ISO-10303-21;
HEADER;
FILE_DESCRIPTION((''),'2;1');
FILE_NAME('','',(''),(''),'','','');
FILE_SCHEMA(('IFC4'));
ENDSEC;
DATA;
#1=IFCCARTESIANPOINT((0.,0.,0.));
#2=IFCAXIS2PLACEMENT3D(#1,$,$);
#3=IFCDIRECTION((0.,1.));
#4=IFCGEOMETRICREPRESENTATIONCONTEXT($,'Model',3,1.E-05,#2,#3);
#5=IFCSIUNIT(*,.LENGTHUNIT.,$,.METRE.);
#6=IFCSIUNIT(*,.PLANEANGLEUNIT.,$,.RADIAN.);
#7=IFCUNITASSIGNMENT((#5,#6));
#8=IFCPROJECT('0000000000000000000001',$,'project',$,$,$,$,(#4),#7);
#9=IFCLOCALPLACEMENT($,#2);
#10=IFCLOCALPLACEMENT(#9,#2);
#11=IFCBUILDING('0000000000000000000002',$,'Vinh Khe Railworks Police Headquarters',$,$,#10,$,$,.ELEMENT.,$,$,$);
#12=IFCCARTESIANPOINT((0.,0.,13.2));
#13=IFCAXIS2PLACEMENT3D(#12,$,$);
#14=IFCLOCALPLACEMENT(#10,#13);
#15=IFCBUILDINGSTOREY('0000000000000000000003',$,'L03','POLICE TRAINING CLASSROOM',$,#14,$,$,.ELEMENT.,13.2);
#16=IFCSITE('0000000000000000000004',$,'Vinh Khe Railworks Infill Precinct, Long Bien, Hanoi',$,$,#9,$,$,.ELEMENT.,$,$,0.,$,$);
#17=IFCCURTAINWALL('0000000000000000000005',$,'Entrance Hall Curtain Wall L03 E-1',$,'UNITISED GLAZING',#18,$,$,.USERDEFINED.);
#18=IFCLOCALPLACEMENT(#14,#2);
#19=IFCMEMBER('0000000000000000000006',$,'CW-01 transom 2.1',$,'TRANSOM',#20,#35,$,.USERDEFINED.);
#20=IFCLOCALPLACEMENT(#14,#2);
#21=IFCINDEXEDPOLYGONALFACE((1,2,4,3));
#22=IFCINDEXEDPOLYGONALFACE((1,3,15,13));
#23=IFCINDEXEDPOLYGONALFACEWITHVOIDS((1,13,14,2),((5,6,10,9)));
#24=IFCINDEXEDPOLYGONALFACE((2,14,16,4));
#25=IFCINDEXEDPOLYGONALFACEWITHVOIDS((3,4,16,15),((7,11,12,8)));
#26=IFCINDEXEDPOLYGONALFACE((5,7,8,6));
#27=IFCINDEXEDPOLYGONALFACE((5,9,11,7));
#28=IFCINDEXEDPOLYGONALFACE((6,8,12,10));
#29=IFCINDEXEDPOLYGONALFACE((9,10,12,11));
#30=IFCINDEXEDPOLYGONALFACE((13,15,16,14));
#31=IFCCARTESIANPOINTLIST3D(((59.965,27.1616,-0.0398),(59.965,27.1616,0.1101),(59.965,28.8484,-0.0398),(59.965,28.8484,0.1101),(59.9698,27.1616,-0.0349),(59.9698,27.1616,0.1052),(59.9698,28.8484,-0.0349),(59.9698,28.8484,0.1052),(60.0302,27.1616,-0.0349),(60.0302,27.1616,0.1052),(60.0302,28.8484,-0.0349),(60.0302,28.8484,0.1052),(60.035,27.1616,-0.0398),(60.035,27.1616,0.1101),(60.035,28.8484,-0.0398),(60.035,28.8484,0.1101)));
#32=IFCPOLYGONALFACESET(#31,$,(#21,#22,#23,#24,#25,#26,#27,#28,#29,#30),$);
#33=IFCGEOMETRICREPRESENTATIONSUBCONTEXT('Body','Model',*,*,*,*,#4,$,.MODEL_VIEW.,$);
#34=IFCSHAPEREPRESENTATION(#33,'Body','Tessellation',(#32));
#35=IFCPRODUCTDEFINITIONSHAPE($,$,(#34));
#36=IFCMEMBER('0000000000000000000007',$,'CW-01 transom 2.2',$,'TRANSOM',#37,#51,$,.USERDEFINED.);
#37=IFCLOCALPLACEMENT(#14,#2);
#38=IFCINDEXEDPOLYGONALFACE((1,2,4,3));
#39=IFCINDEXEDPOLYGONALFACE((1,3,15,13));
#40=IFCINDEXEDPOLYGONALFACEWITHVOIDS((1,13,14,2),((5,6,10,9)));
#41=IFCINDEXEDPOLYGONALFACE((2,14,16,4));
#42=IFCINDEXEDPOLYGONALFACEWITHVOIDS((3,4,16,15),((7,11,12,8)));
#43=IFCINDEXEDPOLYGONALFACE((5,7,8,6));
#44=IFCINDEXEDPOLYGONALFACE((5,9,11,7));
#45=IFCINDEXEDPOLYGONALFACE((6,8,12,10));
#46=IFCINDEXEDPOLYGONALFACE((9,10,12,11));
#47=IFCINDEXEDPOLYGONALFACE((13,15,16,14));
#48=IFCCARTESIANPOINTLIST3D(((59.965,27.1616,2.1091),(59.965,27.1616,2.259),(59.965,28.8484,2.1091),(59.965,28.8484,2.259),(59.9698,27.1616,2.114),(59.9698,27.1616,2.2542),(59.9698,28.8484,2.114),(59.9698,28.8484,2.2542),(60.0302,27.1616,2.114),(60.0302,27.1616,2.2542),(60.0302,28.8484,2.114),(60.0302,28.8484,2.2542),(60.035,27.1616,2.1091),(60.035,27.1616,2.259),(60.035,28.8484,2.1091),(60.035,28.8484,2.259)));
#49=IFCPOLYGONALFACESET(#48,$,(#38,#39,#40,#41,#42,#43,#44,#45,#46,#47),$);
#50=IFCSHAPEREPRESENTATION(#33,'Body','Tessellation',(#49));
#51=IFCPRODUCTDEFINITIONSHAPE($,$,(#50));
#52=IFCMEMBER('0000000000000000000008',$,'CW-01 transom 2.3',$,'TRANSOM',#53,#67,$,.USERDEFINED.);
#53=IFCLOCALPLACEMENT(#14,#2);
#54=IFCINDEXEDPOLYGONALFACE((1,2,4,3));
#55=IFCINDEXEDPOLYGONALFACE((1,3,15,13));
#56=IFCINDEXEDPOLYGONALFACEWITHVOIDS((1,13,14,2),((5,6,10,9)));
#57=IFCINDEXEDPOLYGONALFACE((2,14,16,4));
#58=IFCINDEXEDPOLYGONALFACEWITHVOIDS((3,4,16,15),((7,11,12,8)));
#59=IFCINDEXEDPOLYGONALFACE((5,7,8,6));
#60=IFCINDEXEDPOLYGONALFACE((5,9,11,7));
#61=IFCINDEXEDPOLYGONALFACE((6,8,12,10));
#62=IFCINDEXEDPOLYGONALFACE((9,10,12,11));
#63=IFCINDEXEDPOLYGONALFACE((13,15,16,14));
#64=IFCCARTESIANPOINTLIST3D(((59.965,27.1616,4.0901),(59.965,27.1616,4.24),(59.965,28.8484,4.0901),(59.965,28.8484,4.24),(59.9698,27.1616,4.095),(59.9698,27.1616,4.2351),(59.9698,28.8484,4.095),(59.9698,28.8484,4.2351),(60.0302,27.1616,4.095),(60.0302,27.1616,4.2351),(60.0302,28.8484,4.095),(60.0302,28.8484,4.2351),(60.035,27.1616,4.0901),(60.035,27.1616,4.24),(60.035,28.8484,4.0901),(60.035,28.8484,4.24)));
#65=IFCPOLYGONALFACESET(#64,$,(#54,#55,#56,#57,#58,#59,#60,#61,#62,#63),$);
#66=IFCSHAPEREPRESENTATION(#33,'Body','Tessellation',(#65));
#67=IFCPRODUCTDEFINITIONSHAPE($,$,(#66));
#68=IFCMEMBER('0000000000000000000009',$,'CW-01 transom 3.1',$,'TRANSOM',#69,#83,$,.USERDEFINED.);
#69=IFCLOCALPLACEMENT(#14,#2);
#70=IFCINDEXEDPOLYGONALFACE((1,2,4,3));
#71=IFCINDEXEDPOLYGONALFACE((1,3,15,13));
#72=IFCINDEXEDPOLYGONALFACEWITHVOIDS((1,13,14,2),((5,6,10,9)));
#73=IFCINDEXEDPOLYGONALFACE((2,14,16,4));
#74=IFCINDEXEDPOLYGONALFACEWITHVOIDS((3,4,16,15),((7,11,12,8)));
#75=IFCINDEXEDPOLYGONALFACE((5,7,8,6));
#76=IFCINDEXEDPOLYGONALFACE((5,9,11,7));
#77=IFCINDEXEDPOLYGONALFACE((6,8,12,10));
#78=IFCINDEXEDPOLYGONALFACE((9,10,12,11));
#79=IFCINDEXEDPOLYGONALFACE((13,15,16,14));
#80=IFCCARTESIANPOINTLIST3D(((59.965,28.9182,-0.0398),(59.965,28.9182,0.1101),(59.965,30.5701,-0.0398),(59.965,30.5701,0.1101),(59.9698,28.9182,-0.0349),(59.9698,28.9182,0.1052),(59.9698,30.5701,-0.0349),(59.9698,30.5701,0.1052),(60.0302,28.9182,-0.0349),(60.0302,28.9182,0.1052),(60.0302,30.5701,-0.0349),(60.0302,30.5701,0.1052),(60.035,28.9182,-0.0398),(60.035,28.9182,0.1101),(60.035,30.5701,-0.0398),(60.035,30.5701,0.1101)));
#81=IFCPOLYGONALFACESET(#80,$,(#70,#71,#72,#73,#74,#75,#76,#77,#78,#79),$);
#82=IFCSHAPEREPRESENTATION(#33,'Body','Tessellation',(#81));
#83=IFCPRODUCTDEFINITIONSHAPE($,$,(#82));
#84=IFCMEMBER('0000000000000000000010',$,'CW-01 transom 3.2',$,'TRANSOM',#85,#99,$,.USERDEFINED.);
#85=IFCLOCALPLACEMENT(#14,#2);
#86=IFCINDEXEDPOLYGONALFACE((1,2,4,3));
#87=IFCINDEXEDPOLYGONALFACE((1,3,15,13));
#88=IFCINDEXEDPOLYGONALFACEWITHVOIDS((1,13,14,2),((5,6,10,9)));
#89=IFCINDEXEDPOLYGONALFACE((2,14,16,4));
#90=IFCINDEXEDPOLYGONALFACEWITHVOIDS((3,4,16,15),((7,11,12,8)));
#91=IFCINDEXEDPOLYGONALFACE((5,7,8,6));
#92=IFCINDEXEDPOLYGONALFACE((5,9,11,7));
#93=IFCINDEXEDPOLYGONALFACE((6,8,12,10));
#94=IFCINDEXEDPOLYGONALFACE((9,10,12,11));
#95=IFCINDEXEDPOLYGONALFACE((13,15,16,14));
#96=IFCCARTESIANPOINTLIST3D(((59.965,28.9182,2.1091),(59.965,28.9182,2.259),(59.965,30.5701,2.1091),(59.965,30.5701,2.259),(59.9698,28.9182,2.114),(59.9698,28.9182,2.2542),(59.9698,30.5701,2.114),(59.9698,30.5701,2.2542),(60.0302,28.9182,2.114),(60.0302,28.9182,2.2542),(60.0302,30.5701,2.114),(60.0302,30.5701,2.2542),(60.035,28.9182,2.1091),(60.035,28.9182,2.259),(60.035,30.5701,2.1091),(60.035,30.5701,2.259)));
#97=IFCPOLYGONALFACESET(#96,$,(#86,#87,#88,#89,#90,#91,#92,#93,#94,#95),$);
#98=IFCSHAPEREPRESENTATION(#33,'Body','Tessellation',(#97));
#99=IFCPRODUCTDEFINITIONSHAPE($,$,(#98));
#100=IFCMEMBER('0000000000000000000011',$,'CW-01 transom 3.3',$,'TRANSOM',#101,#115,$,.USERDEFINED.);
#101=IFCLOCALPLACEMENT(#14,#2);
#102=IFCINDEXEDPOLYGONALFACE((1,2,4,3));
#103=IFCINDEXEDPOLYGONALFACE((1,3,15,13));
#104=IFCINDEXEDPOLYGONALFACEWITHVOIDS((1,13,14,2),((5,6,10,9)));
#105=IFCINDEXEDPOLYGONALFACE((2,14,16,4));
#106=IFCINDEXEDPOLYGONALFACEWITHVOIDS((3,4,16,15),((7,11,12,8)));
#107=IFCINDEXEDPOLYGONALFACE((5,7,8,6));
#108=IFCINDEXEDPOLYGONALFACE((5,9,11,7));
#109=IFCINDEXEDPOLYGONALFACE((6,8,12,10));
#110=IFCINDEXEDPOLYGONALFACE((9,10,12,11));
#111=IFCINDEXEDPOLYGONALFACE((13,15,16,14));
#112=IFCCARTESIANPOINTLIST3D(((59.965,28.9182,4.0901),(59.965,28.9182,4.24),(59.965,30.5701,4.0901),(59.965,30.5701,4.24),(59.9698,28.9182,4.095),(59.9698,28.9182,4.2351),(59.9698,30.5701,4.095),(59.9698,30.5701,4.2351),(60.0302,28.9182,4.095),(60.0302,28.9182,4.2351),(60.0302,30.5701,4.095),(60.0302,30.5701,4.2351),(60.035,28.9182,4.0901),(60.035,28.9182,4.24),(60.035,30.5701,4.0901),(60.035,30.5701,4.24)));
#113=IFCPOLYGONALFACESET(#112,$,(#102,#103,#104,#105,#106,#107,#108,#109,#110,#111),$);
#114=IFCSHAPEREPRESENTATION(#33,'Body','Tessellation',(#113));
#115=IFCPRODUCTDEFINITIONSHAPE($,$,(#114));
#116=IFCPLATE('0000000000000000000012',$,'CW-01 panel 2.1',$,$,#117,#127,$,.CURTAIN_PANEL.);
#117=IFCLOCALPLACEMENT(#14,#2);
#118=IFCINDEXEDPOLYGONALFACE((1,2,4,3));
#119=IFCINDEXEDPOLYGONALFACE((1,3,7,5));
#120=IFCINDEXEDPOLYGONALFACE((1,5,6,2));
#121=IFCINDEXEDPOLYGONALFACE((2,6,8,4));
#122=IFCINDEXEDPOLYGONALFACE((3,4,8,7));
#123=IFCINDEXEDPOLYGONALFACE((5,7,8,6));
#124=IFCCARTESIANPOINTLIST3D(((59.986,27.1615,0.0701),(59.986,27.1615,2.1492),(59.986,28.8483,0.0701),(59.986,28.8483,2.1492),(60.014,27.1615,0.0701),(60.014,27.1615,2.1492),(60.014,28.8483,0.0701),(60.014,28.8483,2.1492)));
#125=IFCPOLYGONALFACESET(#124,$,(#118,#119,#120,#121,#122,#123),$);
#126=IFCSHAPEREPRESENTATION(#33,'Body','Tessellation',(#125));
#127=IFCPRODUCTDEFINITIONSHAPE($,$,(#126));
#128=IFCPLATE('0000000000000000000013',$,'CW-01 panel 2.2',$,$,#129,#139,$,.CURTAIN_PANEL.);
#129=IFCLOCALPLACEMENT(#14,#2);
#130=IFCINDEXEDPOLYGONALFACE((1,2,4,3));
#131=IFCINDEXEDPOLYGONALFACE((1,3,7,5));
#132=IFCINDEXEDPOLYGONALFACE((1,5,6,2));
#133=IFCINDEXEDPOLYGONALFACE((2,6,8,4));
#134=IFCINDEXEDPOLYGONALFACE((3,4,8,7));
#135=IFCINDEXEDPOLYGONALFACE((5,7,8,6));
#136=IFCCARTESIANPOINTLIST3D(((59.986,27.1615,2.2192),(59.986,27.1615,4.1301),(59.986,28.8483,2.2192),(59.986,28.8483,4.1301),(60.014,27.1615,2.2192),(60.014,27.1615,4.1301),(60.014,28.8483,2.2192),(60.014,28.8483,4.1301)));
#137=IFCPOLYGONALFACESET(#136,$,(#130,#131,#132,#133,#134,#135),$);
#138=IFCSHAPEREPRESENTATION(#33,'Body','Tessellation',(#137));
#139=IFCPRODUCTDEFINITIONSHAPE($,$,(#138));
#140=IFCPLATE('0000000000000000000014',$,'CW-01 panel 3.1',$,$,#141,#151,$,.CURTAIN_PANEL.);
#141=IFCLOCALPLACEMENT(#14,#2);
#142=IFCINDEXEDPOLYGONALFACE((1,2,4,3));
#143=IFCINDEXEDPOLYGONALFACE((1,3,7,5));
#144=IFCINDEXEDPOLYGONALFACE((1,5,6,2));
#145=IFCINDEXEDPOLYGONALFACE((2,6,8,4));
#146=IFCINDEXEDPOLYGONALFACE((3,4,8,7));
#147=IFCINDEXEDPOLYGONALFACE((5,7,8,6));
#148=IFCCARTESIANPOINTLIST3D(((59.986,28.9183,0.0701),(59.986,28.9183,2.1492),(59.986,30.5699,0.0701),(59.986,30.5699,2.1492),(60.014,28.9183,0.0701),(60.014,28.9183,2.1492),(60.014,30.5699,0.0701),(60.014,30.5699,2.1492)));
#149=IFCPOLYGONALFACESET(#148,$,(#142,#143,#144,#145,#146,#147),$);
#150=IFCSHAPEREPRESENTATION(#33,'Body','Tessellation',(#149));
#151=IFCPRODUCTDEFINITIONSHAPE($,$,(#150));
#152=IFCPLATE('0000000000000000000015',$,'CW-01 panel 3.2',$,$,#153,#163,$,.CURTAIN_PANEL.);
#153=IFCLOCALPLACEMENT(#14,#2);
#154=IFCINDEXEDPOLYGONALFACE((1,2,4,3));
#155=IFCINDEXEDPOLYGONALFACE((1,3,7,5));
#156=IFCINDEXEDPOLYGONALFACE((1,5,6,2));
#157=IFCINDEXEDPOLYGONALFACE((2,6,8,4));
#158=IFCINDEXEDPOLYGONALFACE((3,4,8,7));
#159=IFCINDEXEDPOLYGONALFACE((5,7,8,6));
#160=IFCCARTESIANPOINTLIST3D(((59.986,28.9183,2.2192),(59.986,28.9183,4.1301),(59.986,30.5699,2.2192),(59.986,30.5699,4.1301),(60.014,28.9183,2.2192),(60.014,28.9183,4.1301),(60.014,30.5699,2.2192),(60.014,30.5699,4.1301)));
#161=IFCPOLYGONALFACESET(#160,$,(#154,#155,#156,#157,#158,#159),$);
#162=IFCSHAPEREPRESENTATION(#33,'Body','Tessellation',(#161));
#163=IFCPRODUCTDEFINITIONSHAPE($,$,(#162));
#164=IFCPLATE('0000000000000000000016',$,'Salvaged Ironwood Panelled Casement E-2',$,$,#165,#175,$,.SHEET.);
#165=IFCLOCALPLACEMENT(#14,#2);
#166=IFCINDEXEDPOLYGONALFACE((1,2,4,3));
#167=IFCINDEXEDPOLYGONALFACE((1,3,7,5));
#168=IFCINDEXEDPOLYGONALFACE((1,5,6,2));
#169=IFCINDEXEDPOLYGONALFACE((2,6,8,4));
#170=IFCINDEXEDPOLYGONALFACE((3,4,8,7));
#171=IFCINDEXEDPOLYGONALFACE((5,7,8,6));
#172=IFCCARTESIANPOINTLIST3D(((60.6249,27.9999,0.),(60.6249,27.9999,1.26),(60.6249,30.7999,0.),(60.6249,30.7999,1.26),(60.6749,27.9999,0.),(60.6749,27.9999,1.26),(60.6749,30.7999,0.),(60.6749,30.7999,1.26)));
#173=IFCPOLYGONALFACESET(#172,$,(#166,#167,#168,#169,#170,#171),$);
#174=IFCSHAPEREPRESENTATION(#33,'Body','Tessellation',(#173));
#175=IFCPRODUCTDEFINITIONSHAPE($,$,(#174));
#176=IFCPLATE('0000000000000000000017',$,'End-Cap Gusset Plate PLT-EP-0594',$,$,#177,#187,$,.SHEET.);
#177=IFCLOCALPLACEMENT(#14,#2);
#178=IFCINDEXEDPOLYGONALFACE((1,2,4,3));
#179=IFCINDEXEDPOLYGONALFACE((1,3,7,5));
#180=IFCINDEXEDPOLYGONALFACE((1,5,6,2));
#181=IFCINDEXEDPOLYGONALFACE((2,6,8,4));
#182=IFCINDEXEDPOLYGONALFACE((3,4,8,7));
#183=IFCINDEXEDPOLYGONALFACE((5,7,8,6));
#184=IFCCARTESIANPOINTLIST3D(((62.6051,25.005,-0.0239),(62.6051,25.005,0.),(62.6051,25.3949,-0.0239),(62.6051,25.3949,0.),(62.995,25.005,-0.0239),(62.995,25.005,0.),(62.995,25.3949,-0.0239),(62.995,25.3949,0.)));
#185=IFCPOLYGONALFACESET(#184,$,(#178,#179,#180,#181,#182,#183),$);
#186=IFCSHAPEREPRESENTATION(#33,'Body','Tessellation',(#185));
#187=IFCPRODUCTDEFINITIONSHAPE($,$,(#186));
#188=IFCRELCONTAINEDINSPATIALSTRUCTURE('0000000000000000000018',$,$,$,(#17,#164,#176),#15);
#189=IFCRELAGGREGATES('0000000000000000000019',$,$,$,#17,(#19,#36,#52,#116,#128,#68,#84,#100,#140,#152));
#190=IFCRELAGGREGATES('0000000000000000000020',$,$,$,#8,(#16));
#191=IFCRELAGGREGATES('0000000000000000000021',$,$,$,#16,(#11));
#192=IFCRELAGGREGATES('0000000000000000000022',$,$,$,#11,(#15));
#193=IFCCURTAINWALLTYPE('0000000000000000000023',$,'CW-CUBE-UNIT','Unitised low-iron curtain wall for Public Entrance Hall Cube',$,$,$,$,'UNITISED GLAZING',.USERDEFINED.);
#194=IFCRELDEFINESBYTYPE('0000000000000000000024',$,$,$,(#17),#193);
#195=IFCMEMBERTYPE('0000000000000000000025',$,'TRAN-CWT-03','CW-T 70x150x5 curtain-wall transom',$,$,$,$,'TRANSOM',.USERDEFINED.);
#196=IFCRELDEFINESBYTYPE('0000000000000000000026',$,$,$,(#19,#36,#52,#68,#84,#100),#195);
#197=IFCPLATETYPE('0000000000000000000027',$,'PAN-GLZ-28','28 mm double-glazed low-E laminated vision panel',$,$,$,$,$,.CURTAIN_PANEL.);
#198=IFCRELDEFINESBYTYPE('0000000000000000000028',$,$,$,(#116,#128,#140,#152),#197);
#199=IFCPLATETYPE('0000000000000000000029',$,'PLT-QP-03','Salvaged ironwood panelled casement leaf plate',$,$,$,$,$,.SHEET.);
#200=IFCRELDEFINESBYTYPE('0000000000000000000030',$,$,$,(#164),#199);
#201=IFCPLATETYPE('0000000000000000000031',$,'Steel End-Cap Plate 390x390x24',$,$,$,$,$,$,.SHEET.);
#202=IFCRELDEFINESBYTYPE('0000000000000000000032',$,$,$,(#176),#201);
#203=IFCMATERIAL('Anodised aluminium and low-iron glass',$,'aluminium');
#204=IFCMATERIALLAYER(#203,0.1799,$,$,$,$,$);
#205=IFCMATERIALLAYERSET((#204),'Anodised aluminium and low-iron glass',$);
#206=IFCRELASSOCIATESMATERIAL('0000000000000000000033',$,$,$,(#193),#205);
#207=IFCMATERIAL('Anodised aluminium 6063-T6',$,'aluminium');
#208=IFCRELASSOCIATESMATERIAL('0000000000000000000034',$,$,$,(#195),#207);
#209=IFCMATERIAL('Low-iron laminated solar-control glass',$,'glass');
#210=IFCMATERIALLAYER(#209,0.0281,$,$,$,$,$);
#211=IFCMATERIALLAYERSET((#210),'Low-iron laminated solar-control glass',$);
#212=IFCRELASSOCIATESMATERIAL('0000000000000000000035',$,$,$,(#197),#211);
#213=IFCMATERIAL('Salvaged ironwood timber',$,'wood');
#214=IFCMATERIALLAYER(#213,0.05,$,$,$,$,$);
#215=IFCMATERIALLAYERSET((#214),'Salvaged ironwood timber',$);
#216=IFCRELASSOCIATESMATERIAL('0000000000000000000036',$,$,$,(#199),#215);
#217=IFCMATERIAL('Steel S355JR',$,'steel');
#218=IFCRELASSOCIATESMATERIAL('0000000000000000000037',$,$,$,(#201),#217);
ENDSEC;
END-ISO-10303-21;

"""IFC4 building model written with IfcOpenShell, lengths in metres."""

from ifc_helpers import new_model, si_unit, direction, frame, origin, origin_2d, place, context, subcontext, project, spatial, rectangle, hollow_rectangle, extrude, material, layer, layer_set, material_profile, profile_set, type_object, element, aggregate, save


model = new_model("IFC4")

# Units and contexts
model_context = context("Model", 3, precision=1e-05, world=origin(), true_north=direction((0.0, 1.0)))
body_context = subcontext(model_context, "Body", "Model", "MODEL_VIEW")
ifc_project = project(units=[si_unit("LENGTHUNIT", "METRE"), si_unit("PLANEANGLEUNIT", "RADIAN")], contexts=[model_context])

# Site, building, storey
site_placement = place(None, origin())
site = spatial("IfcSite", under=ifc_project, at=site_placement, Name="Vinh Khe Railworks Infill Precinct, Long Bien, Hanoi", CompositionType="ELEMENT", RefElevation=0.0)
building_placement = place(site_placement, origin())
building = spatial("IfcBuilding", under=site, at=building_placement, Name="Vinh Khe Railworks Police Headquarters", CompositionType="ELEMENT")
storey_placement = place(building_placement, frame((0.0, 0.0, 13.2)))
storey = spatial("IfcBuildingStorey", under=building, at=storey_placement, Name="L03", Description="POLICE TRAINING CLASSROOM", CompositionType="ELEMENT", Elevation=13.2)

# Shared definitions
ifc_material_1 = material(Name="Steel S355JR", Category="steel")

# Shared definitions
ifc_material_2 = material(Name="Salvaged ironwood timber", Category="wood")

# Curtain wall, members, plates
ifc_material_3 = material(Name="Anodised aluminium and low-iron glass", Category="aluminium")
ifc_layer_1 = layer(ifc_material_3, 0.1799)
ifc_layer_set_1 = layer_set([ifc_layer_1], Name="Anodised aluminium and low-iron glass")
curtain_wall_type = type_object("IfcCurtainWallType", Name="CW-CUBE-UNIT", Description="Unitised low-iron curtain wall for Public Entrance Hall Cube", ElementType="UNITISED GLAZING", PredefinedType="USERDEFINED", material=ifc_layer_set_1)
curtain_wall_placement = place(storey_placement, origin())
curtain_wall = element("IfcCurtainWall", 1, at=curtain_wall_placement, inside=storey, type_object=curtain_wall_type, Name="Entrance Hall Curtain Wall L03 E-1", ObjectType="UNITISED GLAZING", PredefinedType="USERDEFINED")
ifc_material_4 = material(Name="Anodised aluminium 6063-T6", Category="aluminium")
ifc_material_profile_1 = material_profile(ifc_material_4, hollow_rectangle(XDim=0.0701, YDim=0.1499, WallThickness=0.0049, at=origin_2d()), Name="CW-T 70x150x5")
ifc_profile_set_1 = profile_set([ifc_material_profile_1], Name="Anodised aluminium 6063-T6")
member_type_1 = type_object("IfcMemberType", Name="TRAN-CWT-03", Description="CW-T 70x150x5 curtain-wall transom", ElementType="TRANSOM", PredefinedType="USERDEFINED", material=ifc_profile_set_1)
member_1_placement = place(storey_placement, frame((60.0, 27.1616, 0.0352), z_axis=(0.0, 1.0, 0.0), x_axis=(-1.0, 0.0, 0.0)))
member_1 = element("IfcMember", 2, at=member_1_placement, type_object=member_type_1, Name="CW-01 transom 2.1", ObjectType="TRANSOM", PredefinedType="USERDEFINED", context=body_context, shape_type="SweptSolid", body=[
    extrude(hollow_rectangle(XDim=0.0701, YDim=0.1499, WallThickness=0.0049, at=origin_2d()), origin(), (0.0, 0.0, 1.0), 1.6868),
])
member_2_placement = place(storey_placement, frame((60.0, 27.1616, 2.1841), z_axis=(0.0, 1.0, 0.0), x_axis=(-1.0, 0.0, 0.0)))
member_2 = element("IfcMember", 3, at=member_2_placement, type_object=member_type_1, Name="CW-01 transom 2.2", ObjectType="TRANSOM", PredefinedType="USERDEFINED", context=body_context, shape_type="SweptSolid", body=[
    extrude(hollow_rectangle(XDim=0.0701, YDim=0.1499, WallThickness=0.0049, at=origin_2d()), origin(), (0.0, 0.0, 1.0), 1.6868),
])
member_3_placement = place(storey_placement, frame((60.0, 27.1616, 4.165), z_axis=(0.0, 1.0, 0.0), x_axis=(-1.0, 0.0, 0.0)))
member_3 = element("IfcMember", 4, at=member_3_placement, type_object=member_type_1, Name="CW-01 transom 2.3", ObjectType="TRANSOM", PredefinedType="USERDEFINED", context=body_context, shape_type="SweptSolid", body=[
    extrude(hollow_rectangle(XDim=0.0701, YDim=0.1499, WallThickness=0.0049, at=origin_2d()), origin(), (0.0, 0.0, 1.0), 1.6868),
])
member_4_placement = place(storey_placement, frame((60.0, 28.9182, 0.0352), z_axis=(0.0, 1.0, 0.0), x_axis=(-1.0, 0.0, 0.0)))
member_4 = element("IfcMember", 5, at=member_4_placement, type_object=member_type_1, Name="CW-01 transom 3.1", ObjectType="TRANSOM", PredefinedType="USERDEFINED", context=body_context, shape_type="SweptSolid", body=[
    extrude(hollow_rectangle(XDim=0.0701, YDim=0.1499, WallThickness=0.0049, at=origin_2d()), origin(), (0.0, 0.0, 1.0), 1.6519),
])
member_5_placement = place(storey_placement, frame((60.0, 28.9182, 2.1841), z_axis=(0.0, 1.0, 0.0), x_axis=(-1.0, 0.0, 0.0)))
member_5 = element("IfcMember", 6, at=member_5_placement, type_object=member_type_1, Name="CW-01 transom 3.2", ObjectType="TRANSOM", PredefinedType="USERDEFINED", context=body_context, shape_type="SweptSolid", body=[
    extrude(hollow_rectangle(XDim=0.0701, YDim=0.1499, WallThickness=0.0049, at=origin_2d()), origin(), (0.0, 0.0, 1.0), 1.6519),
])
member_6_placement = place(storey_placement, frame((60.0, 28.9182, 4.165), z_axis=(0.0, 1.0, 0.0), x_axis=(-1.0, 0.0, 0.0)))
member_6 = element("IfcMember", 7, at=member_6_placement, type_object=member_type_1, Name="CW-01 transom 3.3", ObjectType="TRANSOM", PredefinedType="USERDEFINED", context=body_context, shape_type="SweptSolid", body=[
    extrude(hollow_rectangle(XDim=0.0701, YDim=0.1499, WallThickness=0.0049, at=origin_2d()), origin(), (0.0, 0.0, 1.0), 1.6519),
])
ifc_material_5 = material(Name="Low-iron laminated solar-control glass", Category="glass")
ifc_layer_2 = layer(ifc_material_5, 0.0281)
ifc_layer_set_2 = layer_set([ifc_layer_2], Name="Low-iron laminated solar-control glass")
plate_type_1 = type_object("IfcPlateType", Name="PAN-GLZ-28", Description="28 mm double-glazed low-E laminated vision panel", PredefinedType="CURTAIN_PANEL", material=ifc_layer_set_2)
plate_1_placement = place(storey_placement, frame((60.0, 28.0049, 0.0701), z_axis=(0.0, 0.0, 1.0), x_axis=(0.0, 1.0, 0.0)))
plate_1 = element("IfcPlate", 8, at=plate_1_placement, type_object=plate_type_1, Name="CW-01 panel 2.1", PredefinedType="CURTAIN_PANEL", context=body_context, shape_type="SweptSolid", body=[
    extrude(rectangle(XDim=1.6868, YDim=0.0281, at=origin_2d()), origin(), (0.0, 0.0, 1.0), 2.0791),
])
plate_2_placement = place(storey_placement, frame((60.0, 28.0049, 2.2192), z_axis=(0.0, 0.0, 1.0), x_axis=(0.0, 1.0, 0.0)))
plate_2 = element("IfcPlate", 9, at=plate_2_placement, type_object=plate_type_1, Name="CW-01 panel 2.2", PredefinedType="CURTAIN_PANEL", context=body_context, shape_type="SweptSolid", body=[
    extrude(rectangle(XDim=1.6868, YDim=0.0281, at=origin_2d()), origin(), (0.0, 0.0, 1.0), 1.9109),
])
plate_3_placement = place(storey_placement, frame((60.0, 29.7441, 0.0701), z_axis=(0.0, 0.0, 1.0), x_axis=(0.0, 1.0, 0.0)))
plate_3 = element("IfcPlate", 10, at=plate_3_placement, type_object=plate_type_1, Name="CW-01 panel 3.1", PredefinedType="CURTAIN_PANEL", context=body_context, shape_type="SweptSolid", body=[
    extrude(rectangle(XDim=1.6516, YDim=0.0281, at=origin_2d()), origin(), (0.0, 0.0, 1.0), 2.0791),
])
plate_4_placement = place(storey_placement, frame((60.0, 29.7441, 2.2192), z_axis=(0.0, 0.0, 1.0), x_axis=(0.0, 1.0, 0.0)))
plate_4 = element("IfcPlate", 11, at=plate_4_placement, type_object=plate_type_1, Name="CW-01 panel 3.2", PredefinedType="CURTAIN_PANEL", context=body_context, shape_type="SweptSolid", body=[
    extrude(rectangle(XDim=1.6516, YDim=0.0281, at=origin_2d()), origin(), (0.0, 0.0, 1.0), 1.9109),
])
aggregate(curtain_wall, [member_1, member_2, member_3, plate_1, plate_2, member_4, member_5, member_6, plate_3, plate_4])

# Plates
ifc_layer_3 = layer(ifc_material_2, 0.05)
ifc_layer_set_3 = layer_set([ifc_layer_3], Name="Salvaged ironwood timber")
plate_type_2 = type_object("IfcPlateType", Name="PLT-QP-03", Description="Salvaged ironwood panelled casement leaf plate", PredefinedType="SHEET", material=ifc_layer_set_3)
plate_5_placement = place(storey_placement, frame((60.6499, 29.3999, 0.0), z_axis=(0.0, 0.0, 1.0), x_axis=(0.0, 1.0, 0.0)))
element("IfcPlate", 12, at=plate_5_placement, inside=storey, type_object=plate_type_2, Name="Salvaged Ironwood Panelled Casement E-2", PredefinedType="SHEET", context=body_context, shape_type="SweptSolid", body=[
    extrude(rectangle(XDim=2.8, YDim=0.05, at=origin_2d()), origin(), (0.0, 0.0, 1.0), 1.26),
])
ifc_material_profile_2 = material_profile(ifc_material_1, rectangle(XDim=0.3899, YDim=0.3899, at=origin_2d()), Name="PL 390x390")
ifc_profile_set_2 = profile_set([ifc_material_profile_2], Name="Steel S355JR")
plate_type_3 = type_object("IfcPlateType", Name="Steel End-Cap Plate 390x390x24", PredefinedType="SHEET", material=ifc_profile_set_2)
plate_6_placement = place(storey_placement, frame((62.8, 25.2, 0.0), z_axis=(0.0, 0.0, -1.0), x_axis=(1.0, 0.0, 0.0)))
element("IfcPlate", 13, at=plate_6_placement, inside=storey, type_object=plate_type_3, Name="End-Cap Gusset Plate PLT-EP-0594", PredefinedType="SHEET", context=body_context, shape_type="SweptSolid", body=[
    extrude(rectangle(XDim=0.3899, YDim=0.3899, at=origin_2d()), origin(), (0.0, 0.0, 1.0), 0.0239),
])

save(model, "model.ifc")
